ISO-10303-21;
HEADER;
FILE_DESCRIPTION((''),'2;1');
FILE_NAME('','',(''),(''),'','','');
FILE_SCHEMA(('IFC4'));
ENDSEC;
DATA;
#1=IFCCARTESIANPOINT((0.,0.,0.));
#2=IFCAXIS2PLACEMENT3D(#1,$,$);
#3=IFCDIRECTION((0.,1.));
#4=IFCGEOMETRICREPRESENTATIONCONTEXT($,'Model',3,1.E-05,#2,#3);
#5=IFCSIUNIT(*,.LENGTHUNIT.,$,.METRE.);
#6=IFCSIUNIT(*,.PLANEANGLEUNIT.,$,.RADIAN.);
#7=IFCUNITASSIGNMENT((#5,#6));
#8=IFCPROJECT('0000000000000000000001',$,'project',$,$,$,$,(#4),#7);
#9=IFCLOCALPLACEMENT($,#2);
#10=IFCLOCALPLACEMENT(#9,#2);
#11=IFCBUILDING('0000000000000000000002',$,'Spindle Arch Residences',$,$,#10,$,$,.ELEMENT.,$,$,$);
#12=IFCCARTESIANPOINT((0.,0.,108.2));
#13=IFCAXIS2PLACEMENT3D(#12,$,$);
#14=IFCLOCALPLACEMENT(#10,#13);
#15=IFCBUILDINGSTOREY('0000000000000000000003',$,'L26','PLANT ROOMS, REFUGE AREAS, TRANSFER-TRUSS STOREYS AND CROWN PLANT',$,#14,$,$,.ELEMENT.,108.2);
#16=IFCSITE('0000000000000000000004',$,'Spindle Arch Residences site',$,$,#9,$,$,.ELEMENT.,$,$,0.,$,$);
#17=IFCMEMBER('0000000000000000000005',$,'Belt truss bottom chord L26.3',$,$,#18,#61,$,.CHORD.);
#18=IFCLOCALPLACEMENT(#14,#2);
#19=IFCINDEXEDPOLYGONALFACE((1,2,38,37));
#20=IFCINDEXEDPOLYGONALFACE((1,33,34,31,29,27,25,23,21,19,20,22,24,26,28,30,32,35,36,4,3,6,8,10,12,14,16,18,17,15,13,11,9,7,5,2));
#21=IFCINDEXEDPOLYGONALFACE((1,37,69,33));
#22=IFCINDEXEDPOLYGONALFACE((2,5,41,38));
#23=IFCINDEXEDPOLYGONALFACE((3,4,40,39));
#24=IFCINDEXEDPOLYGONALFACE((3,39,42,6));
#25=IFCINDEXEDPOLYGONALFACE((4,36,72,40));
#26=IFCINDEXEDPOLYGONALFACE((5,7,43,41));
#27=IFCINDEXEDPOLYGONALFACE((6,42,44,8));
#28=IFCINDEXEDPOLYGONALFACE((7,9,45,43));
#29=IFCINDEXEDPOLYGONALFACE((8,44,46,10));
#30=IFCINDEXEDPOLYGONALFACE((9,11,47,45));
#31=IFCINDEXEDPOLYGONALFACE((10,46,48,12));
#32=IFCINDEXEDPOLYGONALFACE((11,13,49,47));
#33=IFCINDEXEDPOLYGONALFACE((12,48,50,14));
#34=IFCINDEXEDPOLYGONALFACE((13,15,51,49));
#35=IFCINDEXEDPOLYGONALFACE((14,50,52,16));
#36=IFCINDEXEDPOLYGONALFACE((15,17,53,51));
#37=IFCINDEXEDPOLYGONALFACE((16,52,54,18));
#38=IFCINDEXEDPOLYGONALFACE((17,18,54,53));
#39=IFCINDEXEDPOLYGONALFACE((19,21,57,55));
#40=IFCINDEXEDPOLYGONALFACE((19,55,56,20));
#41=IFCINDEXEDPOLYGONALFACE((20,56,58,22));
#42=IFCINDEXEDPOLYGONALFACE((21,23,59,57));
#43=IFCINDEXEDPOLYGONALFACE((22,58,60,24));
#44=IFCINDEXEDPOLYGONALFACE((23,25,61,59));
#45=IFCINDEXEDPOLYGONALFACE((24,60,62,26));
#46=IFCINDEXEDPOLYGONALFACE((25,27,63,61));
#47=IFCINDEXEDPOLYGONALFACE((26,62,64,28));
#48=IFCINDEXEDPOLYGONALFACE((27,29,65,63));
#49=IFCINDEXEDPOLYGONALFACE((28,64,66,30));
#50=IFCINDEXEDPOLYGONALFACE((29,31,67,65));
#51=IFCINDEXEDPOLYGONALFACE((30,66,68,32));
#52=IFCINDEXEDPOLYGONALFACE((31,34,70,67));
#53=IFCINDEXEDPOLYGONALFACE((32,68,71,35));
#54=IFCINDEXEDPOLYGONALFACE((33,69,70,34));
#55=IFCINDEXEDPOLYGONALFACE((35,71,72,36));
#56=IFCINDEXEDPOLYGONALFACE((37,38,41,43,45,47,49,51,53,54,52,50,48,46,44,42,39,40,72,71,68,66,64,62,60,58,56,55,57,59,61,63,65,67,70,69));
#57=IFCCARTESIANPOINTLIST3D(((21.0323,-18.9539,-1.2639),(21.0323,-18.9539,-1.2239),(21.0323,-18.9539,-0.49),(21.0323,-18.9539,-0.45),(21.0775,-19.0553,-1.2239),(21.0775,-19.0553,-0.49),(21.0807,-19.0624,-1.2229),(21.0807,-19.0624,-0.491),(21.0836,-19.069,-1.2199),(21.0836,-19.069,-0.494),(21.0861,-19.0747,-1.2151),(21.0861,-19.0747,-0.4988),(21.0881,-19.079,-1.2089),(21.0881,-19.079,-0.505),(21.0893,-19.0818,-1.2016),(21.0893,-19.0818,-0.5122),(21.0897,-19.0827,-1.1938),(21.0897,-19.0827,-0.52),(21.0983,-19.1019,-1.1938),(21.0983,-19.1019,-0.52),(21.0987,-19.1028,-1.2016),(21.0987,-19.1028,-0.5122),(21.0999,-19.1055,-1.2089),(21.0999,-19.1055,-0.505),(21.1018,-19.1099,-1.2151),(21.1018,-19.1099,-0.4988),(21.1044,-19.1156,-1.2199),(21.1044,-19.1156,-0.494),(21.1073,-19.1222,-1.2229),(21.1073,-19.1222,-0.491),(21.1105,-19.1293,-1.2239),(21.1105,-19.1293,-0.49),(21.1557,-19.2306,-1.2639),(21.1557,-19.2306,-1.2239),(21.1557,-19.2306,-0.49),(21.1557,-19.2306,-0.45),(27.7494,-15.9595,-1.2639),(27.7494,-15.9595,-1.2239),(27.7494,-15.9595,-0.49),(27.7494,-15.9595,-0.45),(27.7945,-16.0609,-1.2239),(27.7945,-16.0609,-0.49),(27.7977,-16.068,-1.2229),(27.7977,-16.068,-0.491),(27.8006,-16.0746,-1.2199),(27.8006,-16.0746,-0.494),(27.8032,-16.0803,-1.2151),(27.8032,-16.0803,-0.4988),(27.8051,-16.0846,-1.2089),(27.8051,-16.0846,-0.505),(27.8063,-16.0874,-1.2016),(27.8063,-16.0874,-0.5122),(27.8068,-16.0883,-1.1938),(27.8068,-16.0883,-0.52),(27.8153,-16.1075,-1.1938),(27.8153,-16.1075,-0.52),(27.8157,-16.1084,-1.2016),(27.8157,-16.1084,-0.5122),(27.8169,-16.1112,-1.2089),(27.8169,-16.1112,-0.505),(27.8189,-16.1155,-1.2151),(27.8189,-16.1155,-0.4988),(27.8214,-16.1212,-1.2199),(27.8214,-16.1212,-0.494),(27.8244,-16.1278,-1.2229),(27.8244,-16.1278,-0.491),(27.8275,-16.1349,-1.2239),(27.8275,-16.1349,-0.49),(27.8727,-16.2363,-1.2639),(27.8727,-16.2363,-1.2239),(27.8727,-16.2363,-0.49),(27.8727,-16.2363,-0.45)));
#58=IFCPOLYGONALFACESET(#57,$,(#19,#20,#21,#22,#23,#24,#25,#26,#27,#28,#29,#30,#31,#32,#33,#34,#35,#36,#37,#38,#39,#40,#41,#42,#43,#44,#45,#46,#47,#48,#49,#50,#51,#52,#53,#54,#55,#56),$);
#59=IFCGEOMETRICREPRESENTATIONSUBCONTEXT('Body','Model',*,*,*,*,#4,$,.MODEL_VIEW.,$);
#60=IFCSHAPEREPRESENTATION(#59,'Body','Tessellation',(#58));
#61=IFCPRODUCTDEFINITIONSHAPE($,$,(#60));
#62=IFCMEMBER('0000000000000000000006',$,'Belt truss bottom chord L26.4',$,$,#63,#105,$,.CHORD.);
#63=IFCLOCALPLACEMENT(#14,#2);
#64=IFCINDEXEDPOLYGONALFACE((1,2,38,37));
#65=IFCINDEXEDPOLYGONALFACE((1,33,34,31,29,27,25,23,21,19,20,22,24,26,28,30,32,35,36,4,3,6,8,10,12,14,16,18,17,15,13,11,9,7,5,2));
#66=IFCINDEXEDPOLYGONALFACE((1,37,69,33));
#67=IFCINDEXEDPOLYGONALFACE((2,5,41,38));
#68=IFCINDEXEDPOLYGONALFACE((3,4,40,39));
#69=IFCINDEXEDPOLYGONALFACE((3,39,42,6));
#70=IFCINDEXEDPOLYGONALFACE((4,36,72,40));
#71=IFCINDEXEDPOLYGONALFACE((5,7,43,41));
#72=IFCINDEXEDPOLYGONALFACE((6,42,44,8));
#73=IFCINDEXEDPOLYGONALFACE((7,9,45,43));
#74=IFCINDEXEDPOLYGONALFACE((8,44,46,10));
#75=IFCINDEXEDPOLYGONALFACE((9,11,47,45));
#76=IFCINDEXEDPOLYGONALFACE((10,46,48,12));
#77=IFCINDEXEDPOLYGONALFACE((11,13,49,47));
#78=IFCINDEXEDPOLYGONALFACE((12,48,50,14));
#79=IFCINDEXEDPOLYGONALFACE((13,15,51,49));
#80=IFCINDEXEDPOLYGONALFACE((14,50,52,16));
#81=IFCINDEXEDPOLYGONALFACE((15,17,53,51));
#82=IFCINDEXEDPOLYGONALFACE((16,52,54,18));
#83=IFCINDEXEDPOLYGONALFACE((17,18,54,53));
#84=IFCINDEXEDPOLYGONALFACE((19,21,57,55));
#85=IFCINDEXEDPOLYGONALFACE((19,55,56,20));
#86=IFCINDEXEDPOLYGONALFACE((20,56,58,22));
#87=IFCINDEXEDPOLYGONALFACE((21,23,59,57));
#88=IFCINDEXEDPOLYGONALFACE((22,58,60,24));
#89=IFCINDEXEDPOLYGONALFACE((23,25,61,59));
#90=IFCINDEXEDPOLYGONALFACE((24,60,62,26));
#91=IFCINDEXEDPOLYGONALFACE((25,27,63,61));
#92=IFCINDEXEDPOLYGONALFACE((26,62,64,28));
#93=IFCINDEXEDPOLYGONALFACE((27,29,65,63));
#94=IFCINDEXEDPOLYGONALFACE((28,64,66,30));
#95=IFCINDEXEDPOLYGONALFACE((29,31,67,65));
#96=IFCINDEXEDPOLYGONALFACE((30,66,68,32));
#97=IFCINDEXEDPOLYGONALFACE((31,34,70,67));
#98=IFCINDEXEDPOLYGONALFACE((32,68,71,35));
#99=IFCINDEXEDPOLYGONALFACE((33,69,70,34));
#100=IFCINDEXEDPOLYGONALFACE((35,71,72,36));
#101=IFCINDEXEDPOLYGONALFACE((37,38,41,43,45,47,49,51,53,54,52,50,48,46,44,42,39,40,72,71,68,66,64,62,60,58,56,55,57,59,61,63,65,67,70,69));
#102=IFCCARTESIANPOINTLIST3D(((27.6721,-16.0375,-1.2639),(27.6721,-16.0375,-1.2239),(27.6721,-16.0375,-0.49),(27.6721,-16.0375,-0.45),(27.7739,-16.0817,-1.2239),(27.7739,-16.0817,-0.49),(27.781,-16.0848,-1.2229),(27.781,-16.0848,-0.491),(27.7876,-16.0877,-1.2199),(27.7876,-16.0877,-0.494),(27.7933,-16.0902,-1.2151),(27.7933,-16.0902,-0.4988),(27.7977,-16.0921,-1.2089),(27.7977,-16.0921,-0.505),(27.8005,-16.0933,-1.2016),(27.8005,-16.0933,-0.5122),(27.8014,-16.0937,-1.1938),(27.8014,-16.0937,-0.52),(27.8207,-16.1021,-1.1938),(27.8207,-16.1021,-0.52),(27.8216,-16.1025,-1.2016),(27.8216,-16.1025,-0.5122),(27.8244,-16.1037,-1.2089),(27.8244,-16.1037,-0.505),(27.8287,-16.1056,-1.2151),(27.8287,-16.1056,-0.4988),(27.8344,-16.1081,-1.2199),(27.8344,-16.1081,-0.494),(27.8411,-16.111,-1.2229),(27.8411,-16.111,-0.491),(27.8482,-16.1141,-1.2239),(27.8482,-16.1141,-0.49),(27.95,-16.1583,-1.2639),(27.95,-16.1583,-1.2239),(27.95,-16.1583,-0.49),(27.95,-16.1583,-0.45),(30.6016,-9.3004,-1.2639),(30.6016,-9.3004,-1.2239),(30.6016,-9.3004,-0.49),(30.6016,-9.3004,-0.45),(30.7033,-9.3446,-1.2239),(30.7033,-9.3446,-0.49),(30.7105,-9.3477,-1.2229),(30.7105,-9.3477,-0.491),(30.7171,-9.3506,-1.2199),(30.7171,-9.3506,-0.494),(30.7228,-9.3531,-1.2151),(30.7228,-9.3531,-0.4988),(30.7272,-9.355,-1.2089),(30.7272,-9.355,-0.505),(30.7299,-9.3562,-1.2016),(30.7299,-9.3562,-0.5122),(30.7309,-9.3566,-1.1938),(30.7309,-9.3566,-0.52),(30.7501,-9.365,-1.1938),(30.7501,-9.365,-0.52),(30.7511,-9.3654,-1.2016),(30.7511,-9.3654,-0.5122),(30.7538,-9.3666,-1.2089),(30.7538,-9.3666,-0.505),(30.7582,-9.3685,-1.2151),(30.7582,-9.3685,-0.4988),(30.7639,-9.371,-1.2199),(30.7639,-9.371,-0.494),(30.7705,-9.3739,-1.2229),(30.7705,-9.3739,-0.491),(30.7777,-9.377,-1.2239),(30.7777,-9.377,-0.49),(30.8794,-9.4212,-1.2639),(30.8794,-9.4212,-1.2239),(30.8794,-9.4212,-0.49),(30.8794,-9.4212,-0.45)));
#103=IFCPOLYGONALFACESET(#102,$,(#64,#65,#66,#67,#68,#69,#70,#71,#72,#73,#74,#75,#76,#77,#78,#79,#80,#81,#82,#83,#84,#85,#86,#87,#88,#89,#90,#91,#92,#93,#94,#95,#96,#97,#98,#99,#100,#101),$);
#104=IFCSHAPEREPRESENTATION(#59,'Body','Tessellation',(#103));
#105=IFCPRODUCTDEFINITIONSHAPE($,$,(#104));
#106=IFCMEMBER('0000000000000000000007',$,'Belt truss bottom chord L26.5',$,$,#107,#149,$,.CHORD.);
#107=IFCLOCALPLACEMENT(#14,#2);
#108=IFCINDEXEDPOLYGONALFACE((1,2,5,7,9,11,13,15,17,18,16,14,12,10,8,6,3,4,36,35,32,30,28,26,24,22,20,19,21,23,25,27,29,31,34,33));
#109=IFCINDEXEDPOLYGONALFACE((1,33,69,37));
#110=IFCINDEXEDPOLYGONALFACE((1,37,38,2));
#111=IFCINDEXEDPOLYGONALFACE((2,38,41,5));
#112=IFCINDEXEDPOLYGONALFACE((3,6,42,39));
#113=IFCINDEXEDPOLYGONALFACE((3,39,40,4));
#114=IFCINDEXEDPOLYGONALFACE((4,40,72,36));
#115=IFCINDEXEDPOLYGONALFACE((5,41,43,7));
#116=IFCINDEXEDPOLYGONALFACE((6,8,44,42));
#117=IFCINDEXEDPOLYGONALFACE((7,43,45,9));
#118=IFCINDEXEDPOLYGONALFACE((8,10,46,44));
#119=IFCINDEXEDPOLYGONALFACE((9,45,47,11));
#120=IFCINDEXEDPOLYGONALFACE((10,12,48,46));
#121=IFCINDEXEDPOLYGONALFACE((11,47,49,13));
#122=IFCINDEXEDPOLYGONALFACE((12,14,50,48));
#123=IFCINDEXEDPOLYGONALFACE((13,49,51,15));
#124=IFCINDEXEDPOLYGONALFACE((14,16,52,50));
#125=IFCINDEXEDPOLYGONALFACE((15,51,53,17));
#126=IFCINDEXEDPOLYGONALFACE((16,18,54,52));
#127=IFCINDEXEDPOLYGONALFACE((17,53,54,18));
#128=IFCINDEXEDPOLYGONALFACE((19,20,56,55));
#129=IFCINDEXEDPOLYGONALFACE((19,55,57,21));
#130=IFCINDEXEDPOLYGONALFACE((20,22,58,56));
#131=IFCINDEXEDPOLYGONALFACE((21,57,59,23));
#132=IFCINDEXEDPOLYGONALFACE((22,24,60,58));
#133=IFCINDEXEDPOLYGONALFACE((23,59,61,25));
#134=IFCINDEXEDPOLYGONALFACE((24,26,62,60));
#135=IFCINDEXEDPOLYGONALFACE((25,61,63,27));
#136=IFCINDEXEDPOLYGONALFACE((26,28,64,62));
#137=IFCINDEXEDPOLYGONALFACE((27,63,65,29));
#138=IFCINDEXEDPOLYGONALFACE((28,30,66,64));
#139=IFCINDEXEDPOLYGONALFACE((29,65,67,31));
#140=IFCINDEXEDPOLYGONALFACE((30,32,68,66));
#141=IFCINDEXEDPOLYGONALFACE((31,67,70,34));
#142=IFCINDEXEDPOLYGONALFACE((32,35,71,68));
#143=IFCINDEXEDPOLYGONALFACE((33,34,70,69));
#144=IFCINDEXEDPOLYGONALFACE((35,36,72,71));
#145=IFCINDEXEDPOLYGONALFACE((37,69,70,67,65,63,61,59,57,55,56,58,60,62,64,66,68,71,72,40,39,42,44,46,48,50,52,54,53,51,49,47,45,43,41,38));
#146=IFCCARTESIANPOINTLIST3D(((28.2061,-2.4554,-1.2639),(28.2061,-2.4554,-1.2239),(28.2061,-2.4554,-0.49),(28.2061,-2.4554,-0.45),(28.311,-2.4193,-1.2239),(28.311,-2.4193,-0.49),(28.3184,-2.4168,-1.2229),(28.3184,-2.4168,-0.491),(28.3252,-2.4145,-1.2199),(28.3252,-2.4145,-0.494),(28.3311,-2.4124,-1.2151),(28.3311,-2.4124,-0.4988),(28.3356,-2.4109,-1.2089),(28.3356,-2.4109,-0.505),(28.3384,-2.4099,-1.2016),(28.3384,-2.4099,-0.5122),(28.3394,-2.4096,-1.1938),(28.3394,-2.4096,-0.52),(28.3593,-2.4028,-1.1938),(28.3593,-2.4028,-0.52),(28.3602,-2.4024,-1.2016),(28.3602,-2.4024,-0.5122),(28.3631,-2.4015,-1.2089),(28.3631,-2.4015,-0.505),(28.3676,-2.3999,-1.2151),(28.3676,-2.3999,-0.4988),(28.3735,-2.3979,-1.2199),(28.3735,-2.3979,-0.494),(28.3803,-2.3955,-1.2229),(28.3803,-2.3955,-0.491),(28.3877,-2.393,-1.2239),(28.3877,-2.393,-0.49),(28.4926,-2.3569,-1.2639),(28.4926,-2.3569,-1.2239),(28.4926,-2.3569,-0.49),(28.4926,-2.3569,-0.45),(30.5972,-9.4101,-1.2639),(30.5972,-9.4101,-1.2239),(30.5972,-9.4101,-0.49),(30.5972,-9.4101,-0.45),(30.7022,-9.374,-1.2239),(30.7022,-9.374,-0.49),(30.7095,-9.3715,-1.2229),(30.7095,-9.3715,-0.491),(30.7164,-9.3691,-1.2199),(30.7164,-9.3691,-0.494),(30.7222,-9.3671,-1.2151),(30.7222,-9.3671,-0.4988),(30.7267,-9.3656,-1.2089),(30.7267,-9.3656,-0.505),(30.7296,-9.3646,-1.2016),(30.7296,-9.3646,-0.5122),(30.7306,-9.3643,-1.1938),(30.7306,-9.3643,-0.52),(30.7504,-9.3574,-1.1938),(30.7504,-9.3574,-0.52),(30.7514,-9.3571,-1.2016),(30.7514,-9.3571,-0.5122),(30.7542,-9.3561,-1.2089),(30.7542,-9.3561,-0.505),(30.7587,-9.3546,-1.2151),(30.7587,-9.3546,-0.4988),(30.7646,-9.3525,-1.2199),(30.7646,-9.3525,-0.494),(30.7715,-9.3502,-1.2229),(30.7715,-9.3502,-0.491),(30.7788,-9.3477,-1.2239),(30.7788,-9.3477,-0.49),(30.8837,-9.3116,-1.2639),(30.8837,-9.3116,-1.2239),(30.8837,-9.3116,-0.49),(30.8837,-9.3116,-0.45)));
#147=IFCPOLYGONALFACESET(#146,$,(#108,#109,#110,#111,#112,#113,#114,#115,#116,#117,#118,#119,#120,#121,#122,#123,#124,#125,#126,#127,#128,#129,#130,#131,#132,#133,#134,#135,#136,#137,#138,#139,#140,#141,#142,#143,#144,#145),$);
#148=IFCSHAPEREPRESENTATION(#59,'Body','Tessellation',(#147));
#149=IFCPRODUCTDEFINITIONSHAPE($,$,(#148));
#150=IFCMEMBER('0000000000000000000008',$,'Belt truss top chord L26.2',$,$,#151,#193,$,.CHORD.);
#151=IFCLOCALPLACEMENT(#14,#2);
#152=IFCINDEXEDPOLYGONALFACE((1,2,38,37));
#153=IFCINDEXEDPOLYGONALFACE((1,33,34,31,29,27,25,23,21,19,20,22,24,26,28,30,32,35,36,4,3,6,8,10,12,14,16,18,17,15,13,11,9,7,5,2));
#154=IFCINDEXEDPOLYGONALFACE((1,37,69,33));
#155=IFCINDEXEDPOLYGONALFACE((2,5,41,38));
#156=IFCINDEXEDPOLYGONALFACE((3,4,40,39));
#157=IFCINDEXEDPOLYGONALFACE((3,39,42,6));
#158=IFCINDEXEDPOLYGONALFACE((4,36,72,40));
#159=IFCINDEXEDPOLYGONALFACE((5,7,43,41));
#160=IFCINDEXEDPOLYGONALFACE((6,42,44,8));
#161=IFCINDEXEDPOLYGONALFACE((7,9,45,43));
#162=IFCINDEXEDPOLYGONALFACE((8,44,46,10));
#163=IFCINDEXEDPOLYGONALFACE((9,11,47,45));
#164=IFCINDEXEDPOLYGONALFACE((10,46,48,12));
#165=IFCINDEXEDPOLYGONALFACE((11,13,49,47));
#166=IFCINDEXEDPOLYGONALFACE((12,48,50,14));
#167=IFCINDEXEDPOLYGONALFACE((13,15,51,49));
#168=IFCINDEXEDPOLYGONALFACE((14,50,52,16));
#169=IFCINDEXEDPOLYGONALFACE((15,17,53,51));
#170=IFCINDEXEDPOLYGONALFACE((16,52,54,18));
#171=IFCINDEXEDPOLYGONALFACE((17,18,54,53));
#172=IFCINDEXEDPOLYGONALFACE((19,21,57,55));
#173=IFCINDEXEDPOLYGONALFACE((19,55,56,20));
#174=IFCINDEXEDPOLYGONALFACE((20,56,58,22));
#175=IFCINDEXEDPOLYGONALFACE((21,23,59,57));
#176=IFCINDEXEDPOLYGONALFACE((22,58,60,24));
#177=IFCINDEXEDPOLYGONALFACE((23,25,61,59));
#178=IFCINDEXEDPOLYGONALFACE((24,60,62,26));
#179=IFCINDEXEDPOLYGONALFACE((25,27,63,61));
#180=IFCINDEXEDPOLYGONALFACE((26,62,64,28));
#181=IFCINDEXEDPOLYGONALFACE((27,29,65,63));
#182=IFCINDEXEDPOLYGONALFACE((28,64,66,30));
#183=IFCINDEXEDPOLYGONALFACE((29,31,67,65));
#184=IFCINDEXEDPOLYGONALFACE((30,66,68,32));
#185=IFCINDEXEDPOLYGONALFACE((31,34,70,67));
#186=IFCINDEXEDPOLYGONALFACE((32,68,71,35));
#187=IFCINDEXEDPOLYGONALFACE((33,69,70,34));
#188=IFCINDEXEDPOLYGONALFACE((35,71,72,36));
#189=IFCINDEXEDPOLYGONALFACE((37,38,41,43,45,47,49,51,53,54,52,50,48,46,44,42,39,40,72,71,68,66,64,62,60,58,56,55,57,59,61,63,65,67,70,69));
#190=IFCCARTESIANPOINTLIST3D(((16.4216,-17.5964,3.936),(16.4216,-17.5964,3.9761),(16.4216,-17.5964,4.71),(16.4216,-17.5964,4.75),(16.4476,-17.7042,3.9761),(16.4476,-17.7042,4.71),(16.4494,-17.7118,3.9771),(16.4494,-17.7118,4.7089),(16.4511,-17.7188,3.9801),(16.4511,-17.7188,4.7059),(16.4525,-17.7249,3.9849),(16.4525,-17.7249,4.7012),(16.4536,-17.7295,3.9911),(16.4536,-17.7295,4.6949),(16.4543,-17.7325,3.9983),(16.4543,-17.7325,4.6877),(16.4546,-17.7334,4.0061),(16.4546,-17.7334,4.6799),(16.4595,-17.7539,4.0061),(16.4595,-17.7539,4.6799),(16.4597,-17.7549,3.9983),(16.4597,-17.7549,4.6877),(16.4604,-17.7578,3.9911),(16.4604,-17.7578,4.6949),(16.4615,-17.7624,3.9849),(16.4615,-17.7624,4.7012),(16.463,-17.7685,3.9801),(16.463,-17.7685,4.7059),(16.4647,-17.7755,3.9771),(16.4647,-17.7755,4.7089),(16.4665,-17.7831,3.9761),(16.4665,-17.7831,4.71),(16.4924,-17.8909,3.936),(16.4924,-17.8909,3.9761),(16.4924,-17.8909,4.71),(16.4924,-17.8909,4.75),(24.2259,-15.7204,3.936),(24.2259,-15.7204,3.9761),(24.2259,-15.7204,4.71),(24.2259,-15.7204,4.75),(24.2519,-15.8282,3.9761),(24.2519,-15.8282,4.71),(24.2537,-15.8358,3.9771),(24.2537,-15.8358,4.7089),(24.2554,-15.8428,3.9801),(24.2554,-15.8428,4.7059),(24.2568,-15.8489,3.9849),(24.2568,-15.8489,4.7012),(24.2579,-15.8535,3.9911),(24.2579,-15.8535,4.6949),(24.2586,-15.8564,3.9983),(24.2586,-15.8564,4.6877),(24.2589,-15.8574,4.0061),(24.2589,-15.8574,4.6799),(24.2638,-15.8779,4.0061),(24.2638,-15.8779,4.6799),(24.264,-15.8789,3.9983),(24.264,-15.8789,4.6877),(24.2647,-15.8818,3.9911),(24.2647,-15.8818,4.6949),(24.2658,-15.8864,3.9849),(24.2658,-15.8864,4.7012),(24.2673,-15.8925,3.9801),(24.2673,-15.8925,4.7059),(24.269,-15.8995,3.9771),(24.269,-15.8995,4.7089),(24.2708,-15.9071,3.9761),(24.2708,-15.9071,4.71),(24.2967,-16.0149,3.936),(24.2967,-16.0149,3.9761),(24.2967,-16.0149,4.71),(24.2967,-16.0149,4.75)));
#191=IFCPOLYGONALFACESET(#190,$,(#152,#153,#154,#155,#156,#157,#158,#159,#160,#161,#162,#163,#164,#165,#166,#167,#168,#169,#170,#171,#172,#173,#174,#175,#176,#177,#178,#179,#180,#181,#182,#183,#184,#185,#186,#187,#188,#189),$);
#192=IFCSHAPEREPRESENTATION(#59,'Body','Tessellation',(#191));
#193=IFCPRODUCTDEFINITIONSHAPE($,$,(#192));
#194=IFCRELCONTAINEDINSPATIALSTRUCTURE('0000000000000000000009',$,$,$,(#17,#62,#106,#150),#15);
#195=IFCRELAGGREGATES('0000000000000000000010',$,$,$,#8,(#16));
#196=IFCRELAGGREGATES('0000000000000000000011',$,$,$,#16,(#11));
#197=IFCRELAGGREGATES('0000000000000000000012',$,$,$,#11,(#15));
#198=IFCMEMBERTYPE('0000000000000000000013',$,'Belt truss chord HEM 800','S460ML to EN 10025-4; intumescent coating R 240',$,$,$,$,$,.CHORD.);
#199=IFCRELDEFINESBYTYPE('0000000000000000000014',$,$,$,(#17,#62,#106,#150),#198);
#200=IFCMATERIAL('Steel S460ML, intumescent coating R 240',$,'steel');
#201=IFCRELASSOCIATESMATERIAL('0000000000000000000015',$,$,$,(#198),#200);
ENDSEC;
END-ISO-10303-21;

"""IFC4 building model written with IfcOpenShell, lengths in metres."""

from ifc_helpers import new_model, si_unit, direction, frame, origin, origin_2d, place, context, subcontext, project, spatial, i_section, extrude, material, material_profile, profile_set, type_object, element, save


model = new_model("IFC4")

# Units and contexts
model_context = context("Model", 3, precision=1e-05, world=origin(), true_north=direction((0.0, 1.0)))
body_context = subcontext(model_context, "Body", "Model", "MODEL_VIEW")
ifc_project = project(units=[si_unit("LENGTHUNIT", "METRE"), si_unit("PLANEANGLEUNIT", "RADIAN")], contexts=[model_context])

# Site, building, storey
site_placement = place(None, origin())
site = spatial("IfcSite", under=ifc_project, at=site_placement, Name="Spindle Arch Residences site", CompositionType="ELEMENT", RefElevation=0.0)
building_placement = place(site_placement, origin())
building = spatial("IfcBuilding", under=site, at=building_placement, Name="Spindle Arch Residences", CompositionType="ELEMENT")
storey_placement = place(building_placement, frame((0.0, 0.0, 108.2)))
storey = spatial("IfcBuildingStorey", under=building, at=storey_placement, Name="L26", Description="PLANT ROOMS, REFUGE AREAS, TRANSFER-TRUSS STOREYS AND CROWN PLANT", CompositionType="ELEMENT", Elevation=108.2)

# Members
ifc_material_1 = material(Name="Steel S460ML, intumescent coating R 240", Category="steel")
ifc_material_profile_1 = material_profile(ifc_material_1, i_section(OverallWidth=0.303, OverallDepth=0.814, WebThickness=0.021, FlangeThickness=0.04, FilletRadius=0.03, at=origin_2d()), Name="HEM 800")
ifc_profile_set_1 = profile_set([ifc_material_profile_1], Name="Steel S460ML, intumescent coating R 240")
member_type_1 = type_object("IfcMemberType", Name="Belt truss chord HEM 800", Description="S460ML to EN 10025-4; intumescent coating R 240", PredefinedType="CHORD", material=ifc_profile_set_1)
member_1_placement = place(storey_placement, frame((21.094, -19.0923, -0.8569), z_axis=(0.913355, 0.407164, 0.0), x_axis=(-0.407164, 0.913355, 0.0)))
element("IfcMember", 1, at=member_1_placement, inside=storey, type_object=member_type_1, Name="Belt truss bottom chord L26.3", PredefinedType="CHORD", context=body_context, shape_type="SweptSolid", body=[
    extrude(i_section(OverallWidth=0.303, OverallDepth=0.814, WebThickness=0.021, FlangeThickness=0.04, FilletRadius=0.03, at=origin_2d()), origin(), (0.0, 0.0, 1.0), 7.3542),
])
member_2_placement = place(storey_placement, frame((27.811, -16.0979, -0.8569), z_axis=(0.398759, 0.917056, 0.0), x_axis=(-0.917056, 0.398759, 0.0)))
element("IfcMember", 2, at=member_2_placement, inside=storey, type_object=member_type_1, Name="Belt truss bottom chord L26.4", PredefinedType="CHORD", context=body_context, shape_type="SweptSolid", body=[
    extrude(i_section(OverallWidth=0.303, OverallDepth=0.814, WebThickness=0.021, FlangeThickness=0.04, FilletRadius=0.03, at=origin_2d()), origin(), (0.0, 0.0, 1.0), 7.3464),
])
member_3_placement = place(storey_placement, frame((30.7405, -9.3608, -0.8569), z_axis=(-0.325137, 0.945667, 0.0), x_axis=(-0.945667, -0.325137, 0.0)))
element("IfcMember", 3, at=member_3_placement, inside=storey, type_object=member_type_1, Name="Belt truss bottom chord L26.5", PredefinedType="CHORD", context=body_context, shape_type="SweptSolid", body=[
    extrude(i_section(OverallWidth=0.303, OverallDepth=0.814, WebThickness=0.021, FlangeThickness=0.04, FilletRadius=0.03, at=origin_2d()), origin(), (0.0, 0.0, 1.0), 7.3542),
])
member_4_placement = place(storey_placement, frame((16.457, -17.7437, 4.343), z_axis=(0.972303, 0.233723, 0.0), x_axis=(-0.233723, 0.972303, 0.0)))
element("IfcMember", 4, at=member_4_placement, inside=storey, type_object=member_type_1, Name="Belt truss top chord L26.2", PredefinedType="CHORD", context=body_context, shape_type="SweptSolid", body=[
    extrude(i_section(OverallWidth=0.303, OverallDepth=0.814, WebThickness=0.021, FlangeThickness=0.04, FilletRadius=0.03, at=origin_2d()), origin(), (0.0, 0.0, 1.0), 8.0266),
])

save(model, "model.ifc")
